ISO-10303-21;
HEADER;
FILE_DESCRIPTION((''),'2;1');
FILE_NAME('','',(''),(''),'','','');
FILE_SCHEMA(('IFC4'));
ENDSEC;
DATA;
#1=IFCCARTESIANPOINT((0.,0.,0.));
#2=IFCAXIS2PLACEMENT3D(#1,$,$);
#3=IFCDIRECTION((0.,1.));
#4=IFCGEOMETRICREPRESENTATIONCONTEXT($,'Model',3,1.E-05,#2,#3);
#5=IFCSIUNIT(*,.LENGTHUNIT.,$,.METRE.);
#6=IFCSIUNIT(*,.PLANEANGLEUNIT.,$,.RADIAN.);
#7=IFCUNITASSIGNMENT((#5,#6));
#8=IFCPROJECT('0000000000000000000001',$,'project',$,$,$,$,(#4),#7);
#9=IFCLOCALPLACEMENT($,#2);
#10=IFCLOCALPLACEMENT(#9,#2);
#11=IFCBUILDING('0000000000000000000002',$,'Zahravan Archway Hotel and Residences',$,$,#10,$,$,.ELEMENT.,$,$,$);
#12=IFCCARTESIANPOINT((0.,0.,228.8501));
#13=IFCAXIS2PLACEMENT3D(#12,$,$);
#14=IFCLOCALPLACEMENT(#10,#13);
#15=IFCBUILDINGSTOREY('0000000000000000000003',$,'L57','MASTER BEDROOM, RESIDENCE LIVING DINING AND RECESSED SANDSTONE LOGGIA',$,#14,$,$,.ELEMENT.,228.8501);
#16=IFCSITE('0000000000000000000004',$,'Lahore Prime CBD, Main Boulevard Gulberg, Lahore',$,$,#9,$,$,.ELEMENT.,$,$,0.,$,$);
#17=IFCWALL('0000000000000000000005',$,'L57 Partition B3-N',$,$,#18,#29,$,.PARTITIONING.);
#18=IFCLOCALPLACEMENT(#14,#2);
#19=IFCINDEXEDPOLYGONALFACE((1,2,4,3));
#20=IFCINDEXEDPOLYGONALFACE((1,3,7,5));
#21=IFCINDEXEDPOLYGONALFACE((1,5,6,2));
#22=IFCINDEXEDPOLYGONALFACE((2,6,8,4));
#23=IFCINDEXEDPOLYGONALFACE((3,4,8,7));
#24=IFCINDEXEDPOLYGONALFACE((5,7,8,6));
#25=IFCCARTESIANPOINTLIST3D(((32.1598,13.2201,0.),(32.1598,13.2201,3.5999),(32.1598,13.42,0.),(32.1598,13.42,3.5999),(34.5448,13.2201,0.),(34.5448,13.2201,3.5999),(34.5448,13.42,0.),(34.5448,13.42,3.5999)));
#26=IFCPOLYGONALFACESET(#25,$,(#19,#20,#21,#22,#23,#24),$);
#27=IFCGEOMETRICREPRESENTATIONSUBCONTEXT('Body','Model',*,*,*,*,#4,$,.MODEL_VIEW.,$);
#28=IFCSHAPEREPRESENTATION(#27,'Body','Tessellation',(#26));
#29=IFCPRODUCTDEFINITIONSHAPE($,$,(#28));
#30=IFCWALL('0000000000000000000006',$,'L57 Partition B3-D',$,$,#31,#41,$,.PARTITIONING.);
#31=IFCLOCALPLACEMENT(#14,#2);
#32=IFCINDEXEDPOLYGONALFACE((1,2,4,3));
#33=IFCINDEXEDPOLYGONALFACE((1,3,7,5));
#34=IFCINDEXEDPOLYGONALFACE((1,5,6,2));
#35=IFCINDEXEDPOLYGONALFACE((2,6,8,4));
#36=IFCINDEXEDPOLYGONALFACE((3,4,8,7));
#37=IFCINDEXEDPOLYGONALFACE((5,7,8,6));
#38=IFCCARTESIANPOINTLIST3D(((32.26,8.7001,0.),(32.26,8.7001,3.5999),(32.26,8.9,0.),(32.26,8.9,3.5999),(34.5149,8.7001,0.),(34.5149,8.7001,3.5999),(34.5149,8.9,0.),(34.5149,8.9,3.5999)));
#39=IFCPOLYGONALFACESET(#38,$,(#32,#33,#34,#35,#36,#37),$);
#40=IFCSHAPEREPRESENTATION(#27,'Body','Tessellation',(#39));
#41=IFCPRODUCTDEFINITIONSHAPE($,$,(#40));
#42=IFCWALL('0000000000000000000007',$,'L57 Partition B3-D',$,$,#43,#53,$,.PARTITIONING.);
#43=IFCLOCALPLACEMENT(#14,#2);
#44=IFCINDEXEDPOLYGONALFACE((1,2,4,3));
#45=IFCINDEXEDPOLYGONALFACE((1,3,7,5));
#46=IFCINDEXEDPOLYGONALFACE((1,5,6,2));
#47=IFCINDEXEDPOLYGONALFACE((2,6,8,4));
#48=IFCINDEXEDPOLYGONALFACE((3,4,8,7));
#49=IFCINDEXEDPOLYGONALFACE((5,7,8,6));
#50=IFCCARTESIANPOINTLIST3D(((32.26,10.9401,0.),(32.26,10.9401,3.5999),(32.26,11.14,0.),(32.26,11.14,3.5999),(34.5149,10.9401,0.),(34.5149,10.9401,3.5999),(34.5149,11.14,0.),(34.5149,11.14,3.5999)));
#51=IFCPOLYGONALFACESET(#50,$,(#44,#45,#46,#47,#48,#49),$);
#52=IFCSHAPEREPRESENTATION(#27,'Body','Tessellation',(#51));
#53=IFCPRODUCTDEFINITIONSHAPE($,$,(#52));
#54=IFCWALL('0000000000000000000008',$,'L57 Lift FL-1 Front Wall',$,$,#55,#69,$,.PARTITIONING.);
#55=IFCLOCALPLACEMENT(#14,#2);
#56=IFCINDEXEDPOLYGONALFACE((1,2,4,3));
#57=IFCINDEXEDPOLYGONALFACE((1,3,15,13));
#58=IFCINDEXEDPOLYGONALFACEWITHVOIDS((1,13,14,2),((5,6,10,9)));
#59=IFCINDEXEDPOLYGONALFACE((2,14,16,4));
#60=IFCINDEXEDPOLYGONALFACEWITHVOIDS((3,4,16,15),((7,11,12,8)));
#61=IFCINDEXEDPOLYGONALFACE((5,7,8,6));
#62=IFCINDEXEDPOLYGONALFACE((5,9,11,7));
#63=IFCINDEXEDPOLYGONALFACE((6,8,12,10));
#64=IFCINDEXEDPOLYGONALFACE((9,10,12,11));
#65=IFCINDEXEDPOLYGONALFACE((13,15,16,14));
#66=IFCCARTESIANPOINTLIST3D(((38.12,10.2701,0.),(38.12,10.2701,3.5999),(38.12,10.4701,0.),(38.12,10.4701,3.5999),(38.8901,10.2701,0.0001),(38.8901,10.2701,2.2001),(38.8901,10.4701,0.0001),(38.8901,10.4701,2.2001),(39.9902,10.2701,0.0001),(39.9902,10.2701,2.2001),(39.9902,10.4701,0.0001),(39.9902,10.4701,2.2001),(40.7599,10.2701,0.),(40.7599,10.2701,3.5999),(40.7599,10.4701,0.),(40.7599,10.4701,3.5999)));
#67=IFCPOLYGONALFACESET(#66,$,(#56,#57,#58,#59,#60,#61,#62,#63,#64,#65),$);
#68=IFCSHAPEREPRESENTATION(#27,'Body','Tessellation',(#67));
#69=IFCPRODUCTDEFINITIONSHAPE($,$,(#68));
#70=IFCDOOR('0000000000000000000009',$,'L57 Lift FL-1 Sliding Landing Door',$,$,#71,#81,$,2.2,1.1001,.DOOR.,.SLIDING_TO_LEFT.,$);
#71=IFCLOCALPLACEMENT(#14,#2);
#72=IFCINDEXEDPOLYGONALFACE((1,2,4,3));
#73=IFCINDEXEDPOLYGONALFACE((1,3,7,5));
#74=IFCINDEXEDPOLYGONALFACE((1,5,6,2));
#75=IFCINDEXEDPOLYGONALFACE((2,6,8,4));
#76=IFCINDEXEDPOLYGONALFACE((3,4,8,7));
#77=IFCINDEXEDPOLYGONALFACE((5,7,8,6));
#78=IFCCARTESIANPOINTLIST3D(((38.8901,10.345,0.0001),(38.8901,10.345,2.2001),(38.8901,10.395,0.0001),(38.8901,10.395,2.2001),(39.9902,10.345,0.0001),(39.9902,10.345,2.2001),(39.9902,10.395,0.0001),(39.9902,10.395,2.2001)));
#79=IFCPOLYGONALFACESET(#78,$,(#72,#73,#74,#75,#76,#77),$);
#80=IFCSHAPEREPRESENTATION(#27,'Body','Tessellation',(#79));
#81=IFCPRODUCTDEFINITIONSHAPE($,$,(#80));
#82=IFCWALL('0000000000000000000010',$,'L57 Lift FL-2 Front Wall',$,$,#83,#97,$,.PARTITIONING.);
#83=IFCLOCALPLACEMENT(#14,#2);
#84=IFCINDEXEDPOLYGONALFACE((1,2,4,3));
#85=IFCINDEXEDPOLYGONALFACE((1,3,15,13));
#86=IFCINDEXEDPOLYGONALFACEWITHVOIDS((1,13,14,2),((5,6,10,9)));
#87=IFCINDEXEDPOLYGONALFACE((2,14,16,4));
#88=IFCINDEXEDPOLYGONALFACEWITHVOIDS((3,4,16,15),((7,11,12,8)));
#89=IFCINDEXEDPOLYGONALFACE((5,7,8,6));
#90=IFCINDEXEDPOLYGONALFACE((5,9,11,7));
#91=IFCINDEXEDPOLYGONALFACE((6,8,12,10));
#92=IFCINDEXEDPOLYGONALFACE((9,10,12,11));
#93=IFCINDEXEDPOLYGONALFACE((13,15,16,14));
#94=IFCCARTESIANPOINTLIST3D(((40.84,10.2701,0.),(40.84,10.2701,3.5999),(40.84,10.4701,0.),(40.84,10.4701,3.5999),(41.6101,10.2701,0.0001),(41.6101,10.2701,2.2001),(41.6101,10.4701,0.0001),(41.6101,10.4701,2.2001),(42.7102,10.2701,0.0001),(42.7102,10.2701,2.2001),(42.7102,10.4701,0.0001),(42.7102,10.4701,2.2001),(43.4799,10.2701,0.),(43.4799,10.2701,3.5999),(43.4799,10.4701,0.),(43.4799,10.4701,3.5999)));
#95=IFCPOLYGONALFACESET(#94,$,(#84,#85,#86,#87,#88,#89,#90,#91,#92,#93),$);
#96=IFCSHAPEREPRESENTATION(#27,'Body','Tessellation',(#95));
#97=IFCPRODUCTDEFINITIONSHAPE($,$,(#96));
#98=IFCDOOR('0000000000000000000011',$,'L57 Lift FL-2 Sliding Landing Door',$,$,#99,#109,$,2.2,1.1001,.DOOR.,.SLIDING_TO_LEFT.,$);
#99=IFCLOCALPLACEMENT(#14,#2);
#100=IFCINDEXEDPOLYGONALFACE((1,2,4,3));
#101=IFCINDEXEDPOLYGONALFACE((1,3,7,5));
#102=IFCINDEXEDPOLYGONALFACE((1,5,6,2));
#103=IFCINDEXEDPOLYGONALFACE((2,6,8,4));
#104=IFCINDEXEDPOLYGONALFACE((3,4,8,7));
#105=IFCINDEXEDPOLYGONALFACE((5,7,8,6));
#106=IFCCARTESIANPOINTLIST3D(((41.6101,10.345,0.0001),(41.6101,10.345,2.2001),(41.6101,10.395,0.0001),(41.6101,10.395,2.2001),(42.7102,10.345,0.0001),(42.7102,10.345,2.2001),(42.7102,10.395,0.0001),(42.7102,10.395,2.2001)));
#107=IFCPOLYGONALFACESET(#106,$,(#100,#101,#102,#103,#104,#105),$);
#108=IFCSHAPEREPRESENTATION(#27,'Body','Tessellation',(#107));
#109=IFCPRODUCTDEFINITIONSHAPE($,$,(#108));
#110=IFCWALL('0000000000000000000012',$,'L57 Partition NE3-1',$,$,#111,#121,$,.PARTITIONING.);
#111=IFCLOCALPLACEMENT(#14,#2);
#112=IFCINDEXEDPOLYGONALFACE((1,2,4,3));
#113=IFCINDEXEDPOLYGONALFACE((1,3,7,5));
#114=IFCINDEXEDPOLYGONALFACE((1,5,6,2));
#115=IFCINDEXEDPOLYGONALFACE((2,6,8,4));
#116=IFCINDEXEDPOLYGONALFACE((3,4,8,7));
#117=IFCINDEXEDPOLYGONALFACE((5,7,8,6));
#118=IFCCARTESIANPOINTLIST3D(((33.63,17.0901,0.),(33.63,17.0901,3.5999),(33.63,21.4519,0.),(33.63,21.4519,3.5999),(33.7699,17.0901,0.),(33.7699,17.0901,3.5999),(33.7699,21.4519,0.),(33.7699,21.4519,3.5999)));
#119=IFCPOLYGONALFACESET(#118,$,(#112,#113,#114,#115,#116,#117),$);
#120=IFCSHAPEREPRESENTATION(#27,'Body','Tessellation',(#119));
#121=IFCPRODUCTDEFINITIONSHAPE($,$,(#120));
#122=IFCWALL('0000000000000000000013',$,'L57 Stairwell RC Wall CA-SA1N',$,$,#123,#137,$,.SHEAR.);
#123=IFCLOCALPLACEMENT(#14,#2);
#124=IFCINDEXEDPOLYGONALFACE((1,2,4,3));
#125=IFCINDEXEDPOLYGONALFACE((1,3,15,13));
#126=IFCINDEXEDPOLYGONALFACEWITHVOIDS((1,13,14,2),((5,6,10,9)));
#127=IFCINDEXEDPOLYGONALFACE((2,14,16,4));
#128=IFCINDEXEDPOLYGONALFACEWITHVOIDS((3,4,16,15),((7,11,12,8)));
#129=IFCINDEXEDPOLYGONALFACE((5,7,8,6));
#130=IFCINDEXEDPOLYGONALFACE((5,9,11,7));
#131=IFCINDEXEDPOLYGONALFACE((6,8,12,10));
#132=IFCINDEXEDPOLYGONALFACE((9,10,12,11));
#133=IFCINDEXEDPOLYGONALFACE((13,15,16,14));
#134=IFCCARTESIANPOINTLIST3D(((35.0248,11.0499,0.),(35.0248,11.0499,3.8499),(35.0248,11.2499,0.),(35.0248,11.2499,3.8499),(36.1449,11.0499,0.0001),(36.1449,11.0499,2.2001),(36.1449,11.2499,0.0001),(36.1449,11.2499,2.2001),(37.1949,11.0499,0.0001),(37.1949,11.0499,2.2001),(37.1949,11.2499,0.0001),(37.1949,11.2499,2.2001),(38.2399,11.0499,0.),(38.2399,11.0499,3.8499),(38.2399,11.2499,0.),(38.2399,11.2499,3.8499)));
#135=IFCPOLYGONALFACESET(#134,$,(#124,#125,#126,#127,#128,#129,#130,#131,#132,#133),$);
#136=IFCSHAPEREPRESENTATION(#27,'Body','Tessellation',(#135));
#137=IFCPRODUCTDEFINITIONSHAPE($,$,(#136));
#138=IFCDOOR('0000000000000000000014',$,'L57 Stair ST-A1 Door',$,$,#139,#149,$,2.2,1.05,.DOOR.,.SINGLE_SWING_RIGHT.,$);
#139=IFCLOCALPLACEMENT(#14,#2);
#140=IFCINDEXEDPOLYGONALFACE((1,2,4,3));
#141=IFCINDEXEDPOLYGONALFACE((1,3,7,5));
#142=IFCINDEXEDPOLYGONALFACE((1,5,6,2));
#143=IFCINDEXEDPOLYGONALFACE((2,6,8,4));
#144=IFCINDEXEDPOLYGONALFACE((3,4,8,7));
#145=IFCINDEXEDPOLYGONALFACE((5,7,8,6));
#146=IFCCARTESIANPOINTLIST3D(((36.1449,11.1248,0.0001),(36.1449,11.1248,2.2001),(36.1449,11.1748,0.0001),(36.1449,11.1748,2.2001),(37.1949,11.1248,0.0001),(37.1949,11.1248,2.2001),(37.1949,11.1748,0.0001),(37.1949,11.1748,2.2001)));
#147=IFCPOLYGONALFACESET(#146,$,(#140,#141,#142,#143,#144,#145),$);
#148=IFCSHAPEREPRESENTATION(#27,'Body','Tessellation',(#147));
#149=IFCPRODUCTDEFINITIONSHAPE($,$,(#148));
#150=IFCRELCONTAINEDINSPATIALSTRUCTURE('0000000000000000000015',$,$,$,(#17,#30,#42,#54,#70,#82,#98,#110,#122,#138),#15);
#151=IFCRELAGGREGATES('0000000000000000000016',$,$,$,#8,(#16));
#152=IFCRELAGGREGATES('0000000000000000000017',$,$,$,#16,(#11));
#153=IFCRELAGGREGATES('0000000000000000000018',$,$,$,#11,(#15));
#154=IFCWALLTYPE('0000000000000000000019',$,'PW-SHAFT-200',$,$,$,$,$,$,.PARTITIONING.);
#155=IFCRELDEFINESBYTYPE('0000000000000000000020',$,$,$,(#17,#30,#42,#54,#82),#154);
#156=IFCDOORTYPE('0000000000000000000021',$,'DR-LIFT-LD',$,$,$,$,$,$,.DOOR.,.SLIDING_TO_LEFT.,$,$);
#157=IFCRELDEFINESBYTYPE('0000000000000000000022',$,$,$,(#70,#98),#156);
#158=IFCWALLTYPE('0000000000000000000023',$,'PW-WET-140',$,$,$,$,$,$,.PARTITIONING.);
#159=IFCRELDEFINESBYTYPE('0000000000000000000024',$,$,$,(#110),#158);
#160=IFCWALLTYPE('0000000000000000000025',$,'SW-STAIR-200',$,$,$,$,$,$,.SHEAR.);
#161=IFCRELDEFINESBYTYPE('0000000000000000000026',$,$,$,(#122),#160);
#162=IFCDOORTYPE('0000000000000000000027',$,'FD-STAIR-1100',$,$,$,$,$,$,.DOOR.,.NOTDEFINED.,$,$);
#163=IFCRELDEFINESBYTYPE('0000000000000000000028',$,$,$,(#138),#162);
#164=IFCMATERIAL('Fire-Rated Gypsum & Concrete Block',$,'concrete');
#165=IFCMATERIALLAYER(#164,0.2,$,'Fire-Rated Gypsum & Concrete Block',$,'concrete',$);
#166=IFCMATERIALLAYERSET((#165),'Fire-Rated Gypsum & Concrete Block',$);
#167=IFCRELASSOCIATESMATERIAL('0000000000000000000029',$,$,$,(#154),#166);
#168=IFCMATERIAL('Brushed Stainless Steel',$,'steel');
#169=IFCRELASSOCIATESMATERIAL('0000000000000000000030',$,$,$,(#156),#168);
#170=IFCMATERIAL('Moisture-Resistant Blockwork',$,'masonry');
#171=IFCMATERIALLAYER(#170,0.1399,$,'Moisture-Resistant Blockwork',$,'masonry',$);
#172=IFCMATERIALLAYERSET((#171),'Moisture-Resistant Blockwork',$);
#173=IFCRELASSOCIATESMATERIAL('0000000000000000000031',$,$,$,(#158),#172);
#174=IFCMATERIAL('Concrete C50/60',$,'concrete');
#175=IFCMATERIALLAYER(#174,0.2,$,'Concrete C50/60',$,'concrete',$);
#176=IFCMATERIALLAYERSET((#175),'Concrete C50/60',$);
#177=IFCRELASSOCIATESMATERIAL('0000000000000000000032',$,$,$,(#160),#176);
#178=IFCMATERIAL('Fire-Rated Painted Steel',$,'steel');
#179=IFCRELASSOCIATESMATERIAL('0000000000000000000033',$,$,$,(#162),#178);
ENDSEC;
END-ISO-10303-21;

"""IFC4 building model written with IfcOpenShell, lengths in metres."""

from ifc_helpers import new_model, si_unit, direction, frame, frame_2d, origin, place, context, subcontext, project, spatial, rectangle, extrude, source, transform, mapped, material, layer, layer_set, type_object, type_shapes, element, fill, save


model = new_model("IFC4")

# Units and contexts
model_context = context("Model", 3, precision=1e-05, world=origin(), true_north=direction((0.0, 1.0)))
body_context = subcontext(model_context, "Body", "Model", "MODEL_VIEW")
ifc_project = project(units=[si_unit("LENGTHUNIT", "METRE"), si_unit("PLANEANGLEUNIT", "RADIAN")], contexts=[model_context])

# Site, building, storey
site_placement = place(None, origin())
site = spatial("IfcSite", under=ifc_project, at=site_placement, Name="Lahore Prime CBD, Main Boulevard Gulberg, Lahore", CompositionType="ELEMENT", RefElevation=0.0)
building_placement = place(site_placement, origin())
building = spatial("IfcBuilding", under=site, at=building_placement, Name="Zahravan Archway Hotel and Residences", CompositionType="ELEMENT")
storey_placement = place(building_placement, frame((0.0, 0.0, 228.8501)))
storey = spatial("IfcBuildingStorey", under=building, at=storey_placement, Name="L57", Description="MASTER BEDROOM, RESIDENCE LIVING DINING AND RECESSED SANDSTONE LOGGIA", CompositionType="ELEMENT", Elevation=228.8501)

# Shared definitions
ifc_material_1 = material(Name="Concrete C50/60", Category="concrete")
ifc_material_2 = material(Name="Fire-Rated Painted Steel", Category="steel")

# Shared definitions
ifc_material_3 = material(Name="Fire-Rated Gypsum & Concrete Block", Category="concrete")

# Walls
ifc_layer_1 = layer(ifc_material_3, 0.2, Name="Fire-Rated Gypsum & Concrete Block", Category="concrete")
ifc_layer_set_1 = layer_set([ifc_layer_1], Name="Fire-Rated Gypsum & Concrete Block")
wall_type_1 = type_object("IfcWallType", Name="PW-SHAFT-200", PredefinedType="PARTITIONING", material=ifc_layer_set_1)
wall_1_placement = place(storey_placement, frame((32.1599, 13.3201, 0.0), z_axis=(0.0, 0.0, 1.0), x_axis=(1.0, 0.0, 0.0)))
element("IfcWall", 1, at=wall_1_placement, inside=storey, type_object=wall_type_1, Name="L57 Partition B3-N", PredefinedType="PARTITIONING", context=body_context, shape_type="SweptSolid", body=[
    extrude(rectangle(XDim=2.385, YDim=0.2, at=frame_2d((1.1924, 0.0))), origin(), (0.0, 0.0, 1.0), 3.5999),
])
for number, where, z_axis, x_axis, name in (
    (2, (32.26, 8.8, 0.0), (0.0, 0.0, 1.0), (1.0, 0.0, 0.0), "L57 Partition B3-D"),
    (3, (32.26, 11.04, 0.0), (0.0, 0.0, 1.0), (1.0, 0.0, 0.0), "L57 Partition B3-D"),
):
    element("IfcWall", number, at=place(storey_placement, frame(where, z_axis=z_axis, x_axis=x_axis)), inside=storey, type_object=wall_type_1, Name=name, PredefinedType="PARTITIONING", context=body_context, shape_type="SweptSolid", body=[
        extrude(rectangle(XDim=2.2549, YDim=0.2, at=frame_2d((1.1274, 0.0))), origin(), (0.0, 0.0, 1.0), 3.5999),
    ])

# Walls, openings, doors
wall_2_placement = place(storey_placement, frame((38.1201, 10.3701, 0.0), z_axis=(0.0, 0.0, 1.0), x_axis=(1.0, 0.0, 0.0)))
wall_2 = element("IfcWall", 4, at=wall_2_placement, inside=storey, type_object=wall_type_1, Name="L57 Lift FL-1 Front Wall", PredefinedType="PARTITIONING", context=body_context, shape_type="SweptSolid", body=[
    extrude(rectangle(XDim=2.6399, YDim=0.2, at=frame_2d((1.3198, 0.0))), origin(), (0.0, 0.0, 1.0), 3.5999),
])
opening_1_placement = place(wall_2_placement, frame((0.77, 0.0, 0.0)))
opening_1 = element("IfcOpeningElement", 5, at=opening_1_placement, cuts=wall_2, PredefinedType="OPENING", context=body_context, shape_type="SweptSolid", body=[
    extrude(rectangle(XDim=1.1001, YDim=2.2, at=frame_2d((0.55, 1.1001))), frame((0.0, 0.1099, 0.0), z_axis=(0.0, -1.0, 0.0), x_axis=(1.0, 0.0, 0.0)), (0.0, 0.0, 1.0), 0.22),
])
ifc_material_4 = material(Name="Brushed Stainless Steel", Category="steel")
door_type_1 = type_object("IfcDoorType", Name="DR-LIFT-LD", OperationType="SLIDING_TO_LEFT", PredefinedType="DOOR", material=ifc_material_4)
shared_shape_1 = source(origin(), body_context, "Body", "SweptSolid", [
    extrude(rectangle(XDim=1.1001, YDim=2.2, at=frame_2d((0.55, 1.1001))), frame((0.0, 0.0249, 0.0), z_axis=(0.0, -1.0, 0.0), x_axis=(1.0, 0.0, 0.0)), (0.0, 0.0, 1.0), 0.05),
])
type_shapes(door_type_1, [shared_shape_1])
door_1_placement = place(opening_1_placement, origin())
door_1 = element("IfcDoor", 6, at=door_1_placement, inside=storey, type_object=door_type_1, Name="L57 Lift FL-1 Sliding Landing Door", OperationType="SLIDING_TO_LEFT", OverallHeight=2.2, OverallWidth=1.1001, PredefinedType="DOOR", context=body_context, shape_type="MappedRepresentation", body=[
    mapped(shared_shape_1, transform((0.0, 0.0, 0.0), scale=1.0)),
])
fill(opening_1, door_1)
wall_3_placement = place(storey_placement, frame((40.8401, 10.3701, 0.0), z_axis=(0.0, 0.0, 1.0), x_axis=(1.0, 0.0, 0.0)))
wall_3 = element("IfcWall", 7, at=wall_3_placement, inside=storey, type_object=wall_type_1, Name="L57 Lift FL-2 Front Wall", PredefinedType="PARTITIONING", context=body_context, shape_type="SweptSolid", body=[
    extrude(rectangle(XDim=2.6399, YDim=0.2, at=frame_2d((1.3198, 0.0))), origin(), (0.0, 0.0, 1.0), 3.5999),
])
opening_2_placement = place(wall_3_placement, frame((0.77, 0.0, 0.0)))
opening_2 = element("IfcOpeningElement", 8, at=opening_2_placement, cuts=wall_3, PredefinedType="OPENING", context=body_context, shape_type="SweptSolid", body=[
    extrude(rectangle(XDim=1.1001, YDim=2.2, at=frame_2d((0.55, 1.1001))), frame((0.0, 0.1099, 0.0), z_axis=(0.0, -1.0, 0.0), x_axis=(1.0, 0.0, 0.0)), (0.0, 0.0, 1.0), 0.22),
])
door_2_placement = place(opening_2_placement, origin())
door_2 = element("IfcDoor", 9, at=door_2_placement, inside=storey, type_object=door_type_1, Name="L57 Lift FL-2 Sliding Landing Door", OperationType="SLIDING_TO_LEFT", OverallHeight=2.2, OverallWidth=1.1001, PredefinedType="DOOR", context=body_context, shape_type="MappedRepresentation", body=[
    mapped(shared_shape_1, transform((0.0, 0.0, 0.0), scale=1.0)),
])
fill(opening_2, door_2)

# Wall
ifc_material_5 = material(Name="Moisture-Resistant Blockwork", Category="masonry")
ifc_layer_2 = layer(ifc_material_5, 0.1399, Name="Moisture-Resistant Blockwork", Category="masonry")
ifc_layer_set_2 = layer_set([ifc_layer_2], Name="Moisture-Resistant Blockwork")
wall_type_2 = type_object("IfcWallType", Name="PW-WET-140", PredefinedType="PARTITIONING", material=ifc_layer_set_2)
wall_4_placement = place(storey_placement, frame((33.7, 17.0901, 0.0), z_axis=(0.0, 0.0, 1.0), x_axis=(0.0, 1.0, 0.0)))
element("IfcWall", 10, at=wall_4_placement, inside=storey, type_object=wall_type_2, Name="L57 Partition NE3-1", PredefinedType="PARTITIONING", context=body_context, shape_type="SweptSolid", body=[
    extrude(rectangle(XDim=4.3618, YDim=0.1399, at=frame_2d((2.1809, 0.0))), origin(), (0.0, 0.0, 1.0), 3.5999),
])

# Wall, opening, door
ifc_layer_3 = layer(ifc_material_1, 0.2, Name="Concrete C50/60", Category="concrete")
ifc_layer_set_3 = layer_set([ifc_layer_3], Name="Concrete C50/60")
wall_type_3 = type_object("IfcWallType", Name="SW-STAIR-200", PredefinedType="SHEAR", material=ifc_layer_set_3)
wall_5_placement = place(storey_placement, frame((35.0249, 11.1499, 0.0), z_axis=(0.0, 0.0, 1.0), x_axis=(1.0, 0.0, 0.0)))
wall_5 = element("IfcWall", 11, at=wall_5_placement, inside=storey, type_object=wall_type_3, Name="L57 Stairwell RC Wall CA-SA1N", PredefinedType="SHEAR", context=body_context, shape_type="SweptSolid", body=[
    extrude(rectangle(XDim=3.2151, YDim=0.2, at=frame_2d((1.6074, 0.0))), origin(), (0.0, 0.0, 1.0), 3.8499),
])
opening_3_placement = place(wall_5_placement, frame((1.1201, 0.0, 0.0)))
opening_3 = element("IfcOpeningElement", 12, at=opening_3_placement, cuts=wall_5, PredefinedType="OPENING", context=body_context, shape_type="SweptSolid", body=[
    extrude(rectangle(XDim=1.05, YDim=2.2, at=frame_2d((0.5249, 1.1001))), frame((0.0, 0.1099, 0.0), z_axis=(0.0, -1.0, 0.0), x_axis=(1.0, 0.0, 0.0)), (0.0, 0.0, 1.0), 0.22),
])
door_type_2 = type_object("IfcDoorType", Name="FD-STAIR-1100", OperationType="NOTDEFINED", PredefinedType="DOOR", material=ifc_material_2)
shared_shape_2 = source(origin(), body_context, "Body", "SweptSolid", [
    extrude(rectangle(XDim=1.05, YDim=2.2, at=frame_2d((0.5249, 1.1001))), frame((0.0, 0.0249, 0.0), z_axis=(0.0, -1.0, 0.0), x_axis=(1.0, 0.0, 0.0)), (0.0, 0.0, 1.0), 0.05),
])
type_shapes(door_type_2, [shared_shape_2])
door_3_placement = place(opening_3_placement, origin())
door_3 = element("IfcDoor", 13, at=door_3_placement, inside=storey, type_object=door_type_2, Name="L57 Stair ST-A1 Door", OperationType="SINGLE_SWING_RIGHT", OverallHeight=2.2, OverallWidth=1.05, PredefinedType="DOOR", context=body_context, shape_type="MappedRepresentation", body=[
    mapped(shared_shape_2, transform((0.0, 0.0, 0.0), scale=1.0)),
])
fill(opening_3, door_3)

save(model, "model.ifc")
